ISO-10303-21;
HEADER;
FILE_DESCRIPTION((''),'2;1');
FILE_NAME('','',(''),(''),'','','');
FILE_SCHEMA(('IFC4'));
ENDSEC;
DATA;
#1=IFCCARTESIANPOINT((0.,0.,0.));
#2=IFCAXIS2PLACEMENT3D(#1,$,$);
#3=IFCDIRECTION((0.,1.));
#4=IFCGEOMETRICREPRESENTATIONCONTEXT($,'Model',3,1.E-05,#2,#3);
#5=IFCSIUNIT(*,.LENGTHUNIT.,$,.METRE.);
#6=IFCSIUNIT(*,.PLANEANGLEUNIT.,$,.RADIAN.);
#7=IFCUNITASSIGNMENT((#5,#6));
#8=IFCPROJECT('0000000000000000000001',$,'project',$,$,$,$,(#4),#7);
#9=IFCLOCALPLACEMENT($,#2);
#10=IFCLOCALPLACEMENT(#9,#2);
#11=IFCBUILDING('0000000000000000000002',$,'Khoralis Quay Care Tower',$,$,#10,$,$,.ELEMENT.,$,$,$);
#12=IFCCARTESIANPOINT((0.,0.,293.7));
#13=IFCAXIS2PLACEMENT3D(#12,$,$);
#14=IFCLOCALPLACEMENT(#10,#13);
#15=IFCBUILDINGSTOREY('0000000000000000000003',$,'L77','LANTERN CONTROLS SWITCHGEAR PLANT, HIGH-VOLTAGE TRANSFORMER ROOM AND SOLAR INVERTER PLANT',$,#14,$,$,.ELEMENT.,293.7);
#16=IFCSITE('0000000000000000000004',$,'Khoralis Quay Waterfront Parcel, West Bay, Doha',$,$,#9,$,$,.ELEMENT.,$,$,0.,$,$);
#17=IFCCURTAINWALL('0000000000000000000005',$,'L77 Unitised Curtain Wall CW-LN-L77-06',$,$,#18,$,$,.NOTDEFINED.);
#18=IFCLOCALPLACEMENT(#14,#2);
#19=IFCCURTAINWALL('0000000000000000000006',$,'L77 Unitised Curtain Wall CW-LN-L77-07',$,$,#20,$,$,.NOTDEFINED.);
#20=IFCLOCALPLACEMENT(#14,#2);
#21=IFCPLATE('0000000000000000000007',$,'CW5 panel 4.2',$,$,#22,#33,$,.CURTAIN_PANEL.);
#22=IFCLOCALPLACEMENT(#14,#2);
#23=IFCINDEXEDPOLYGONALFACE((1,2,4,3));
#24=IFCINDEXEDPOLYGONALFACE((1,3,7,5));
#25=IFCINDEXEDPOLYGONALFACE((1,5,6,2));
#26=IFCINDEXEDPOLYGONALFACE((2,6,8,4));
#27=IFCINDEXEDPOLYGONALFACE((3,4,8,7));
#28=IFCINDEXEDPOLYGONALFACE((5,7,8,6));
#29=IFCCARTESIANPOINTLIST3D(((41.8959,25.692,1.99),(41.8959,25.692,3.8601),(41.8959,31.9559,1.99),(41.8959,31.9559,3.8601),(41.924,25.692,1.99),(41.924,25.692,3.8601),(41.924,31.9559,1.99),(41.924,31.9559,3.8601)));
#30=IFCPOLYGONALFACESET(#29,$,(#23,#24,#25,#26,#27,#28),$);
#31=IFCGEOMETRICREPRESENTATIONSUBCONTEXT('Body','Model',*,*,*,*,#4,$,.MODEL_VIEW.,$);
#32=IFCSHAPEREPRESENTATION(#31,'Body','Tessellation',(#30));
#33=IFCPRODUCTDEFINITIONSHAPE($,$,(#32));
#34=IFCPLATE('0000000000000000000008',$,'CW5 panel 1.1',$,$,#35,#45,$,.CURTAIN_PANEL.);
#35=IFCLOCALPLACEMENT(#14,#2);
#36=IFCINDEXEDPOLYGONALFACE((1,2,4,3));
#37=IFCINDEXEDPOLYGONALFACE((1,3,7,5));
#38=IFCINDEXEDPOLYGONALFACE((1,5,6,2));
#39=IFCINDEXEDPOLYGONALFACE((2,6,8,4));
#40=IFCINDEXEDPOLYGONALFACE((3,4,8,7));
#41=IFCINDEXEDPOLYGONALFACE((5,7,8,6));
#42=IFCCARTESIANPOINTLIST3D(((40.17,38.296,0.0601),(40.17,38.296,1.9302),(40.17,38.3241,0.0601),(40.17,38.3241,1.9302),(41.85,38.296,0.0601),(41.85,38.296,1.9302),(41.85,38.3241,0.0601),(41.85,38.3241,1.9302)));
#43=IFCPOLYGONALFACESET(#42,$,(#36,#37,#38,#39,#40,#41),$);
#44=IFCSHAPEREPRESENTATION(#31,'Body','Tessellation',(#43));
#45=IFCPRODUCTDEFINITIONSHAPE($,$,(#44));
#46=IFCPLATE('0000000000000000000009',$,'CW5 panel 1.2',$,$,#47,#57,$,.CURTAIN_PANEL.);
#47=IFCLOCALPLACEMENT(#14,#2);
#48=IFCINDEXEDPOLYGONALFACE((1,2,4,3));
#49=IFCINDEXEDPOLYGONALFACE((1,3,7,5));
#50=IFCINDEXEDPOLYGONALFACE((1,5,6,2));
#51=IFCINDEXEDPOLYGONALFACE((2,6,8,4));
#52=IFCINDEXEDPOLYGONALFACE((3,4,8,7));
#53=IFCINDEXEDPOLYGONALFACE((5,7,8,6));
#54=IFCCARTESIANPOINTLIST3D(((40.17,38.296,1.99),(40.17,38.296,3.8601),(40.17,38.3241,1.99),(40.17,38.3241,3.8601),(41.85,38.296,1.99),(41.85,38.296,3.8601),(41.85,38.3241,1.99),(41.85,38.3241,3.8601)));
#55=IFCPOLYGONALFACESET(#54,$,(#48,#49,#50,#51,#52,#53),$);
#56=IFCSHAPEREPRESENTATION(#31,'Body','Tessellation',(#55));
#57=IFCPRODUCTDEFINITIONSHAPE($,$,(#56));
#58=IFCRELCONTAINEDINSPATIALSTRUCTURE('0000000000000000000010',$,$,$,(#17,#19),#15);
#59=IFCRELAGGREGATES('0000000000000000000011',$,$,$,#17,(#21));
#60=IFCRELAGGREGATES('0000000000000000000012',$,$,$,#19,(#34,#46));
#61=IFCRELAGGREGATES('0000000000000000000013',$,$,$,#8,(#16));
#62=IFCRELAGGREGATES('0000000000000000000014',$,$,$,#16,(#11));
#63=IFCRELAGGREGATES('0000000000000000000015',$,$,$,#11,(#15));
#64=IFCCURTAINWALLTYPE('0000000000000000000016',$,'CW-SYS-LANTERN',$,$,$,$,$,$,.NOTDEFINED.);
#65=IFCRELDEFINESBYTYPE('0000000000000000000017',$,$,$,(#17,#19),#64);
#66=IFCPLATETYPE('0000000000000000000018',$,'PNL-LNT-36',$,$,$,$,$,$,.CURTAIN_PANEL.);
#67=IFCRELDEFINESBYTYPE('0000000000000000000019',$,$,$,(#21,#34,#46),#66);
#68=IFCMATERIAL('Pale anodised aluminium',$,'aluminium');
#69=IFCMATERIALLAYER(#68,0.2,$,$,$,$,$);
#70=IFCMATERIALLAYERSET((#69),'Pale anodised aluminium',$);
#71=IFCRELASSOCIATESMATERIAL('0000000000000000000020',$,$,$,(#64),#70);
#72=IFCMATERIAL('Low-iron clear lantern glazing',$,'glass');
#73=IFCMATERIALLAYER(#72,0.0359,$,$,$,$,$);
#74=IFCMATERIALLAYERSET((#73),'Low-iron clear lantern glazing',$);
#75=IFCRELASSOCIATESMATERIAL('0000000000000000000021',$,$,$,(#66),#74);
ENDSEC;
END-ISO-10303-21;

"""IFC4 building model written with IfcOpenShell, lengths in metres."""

from ifc_helpers import new_model, si_unit, direction, frame, origin, origin_2d, place, context, subcontext, project, spatial, rectangle, extrude, source, transform, mapped, material, layer, layer_set, type_object, element, aggregate, save


model = new_model("IFC4")

# Units and contexts
model_context = context("Model", 3, precision=1e-05, world=origin(), true_north=direction((0.0, 1.0)))
body_context = subcontext(model_context, "Body", "Model", "MODEL_VIEW")
ifc_project = project(units=[si_unit("LENGTHUNIT", "METRE"), si_unit("PLANEANGLEUNIT", "RADIAN")], contexts=[model_context])

# Site, building, storey
site_placement = place(None, origin())
site = spatial("IfcSite", under=ifc_project, at=site_placement, Name="Khoralis Quay Waterfront Parcel, West Bay, Doha", CompositionType="ELEMENT", RefElevation=0.0)
building_placement = place(site_placement, origin())
building = spatial("IfcBuilding", under=site, at=building_placement, Name="Khoralis Quay Care Tower", CompositionType="ELEMENT")
storey_placement = place(building_placement, frame((0.0, 0.0, 293.7)))
storey = spatial("IfcBuildingStorey", under=building, at=storey_placement, Name="L77", Description="LANTERN CONTROLS SWITCHGEAR PLANT, HIGH-VOLTAGE TRANSFORMER ROOM AND SOLAR INVERTER PLANT", CompositionType="ELEMENT", Elevation=293.7)

# Curtain wall
ifc_material_1 = material(Name="Pale anodised aluminium", Category="aluminium")
ifc_layer_1 = layer(ifc_material_1, 0.2)
ifc_layer_set_1 = layer_set([ifc_layer_1], Name="Pale anodised aluminium")
curtain_wall_type = type_object("IfcCurtainWallType", Name="CW-SYS-LANTERN", PredefinedType="NOTDEFINED", material=ifc_layer_set_1)
curtain_wall_1_placement = place(storey_placement, origin())
curtain_wall_1 = element("IfcCurtainWall", 1, at=curtain_wall_1_placement, inside=storey, type_object=curtain_wall_type, Name="L77 Unitised Curtain Wall CW-LN-L77-06", PredefinedType="NOTDEFINED")

# Curtain wall
curtain_wall_2_placement = place(storey_placement, origin())
curtain_wall_2 = element("IfcCurtainWall", 2, at=curtain_wall_2_placement, inside=storey, type_object=curtain_wall_type, Name="L77 Unitised Curtain Wall CW-LN-L77-07", PredefinedType="NOTDEFINED")

# Plates
ifc_material_2 = material(Name="Low-iron clear lantern glazing", Category="glass")
ifc_layer_2 = layer(ifc_material_2, 0.0359)
ifc_layer_set_2 = layer_set([ifc_layer_2], Name="Low-iron clear lantern glazing")
plate_type_1 = type_object("IfcPlateType", Name="PNL-LNT-36", PredefinedType="CURTAIN_PANEL", material=ifc_layer_set_2)
shared_shape_1 = source(origin(), body_context, "Body", "SweptSolid", [
    extrude(rectangle(XDim=6.2639, YDim=0.0281, at=origin_2d()), origin(), (0.0, 0.0, 1.0), 1.8701),
])
plate_1_placement = place(storey_placement, frame((41.9099, 28.824, 1.99), z_axis=(0.0, 0.0, 1.0), x_axis=(0.0, 1.0, 0.0)))
plate_1 = element("IfcPlate", 3, at=plate_1_placement, type_object=plate_type_1, Name="CW5 panel 4.2", PredefinedType="CURTAIN_PANEL", context=body_context, shape_type="MappedRepresentation", body=[
    mapped(shared_shape_1, transform((0.0, 0.0, 0.0), scale=1.0)),
])
aggregate(curtain_wall_1, [plate_1])
shared_shape_2 = source(origin(), body_context, "Body", "SweptSolid", [
    extrude(rectangle(XDim=1.6799, YDim=0.0281, at=origin_2d()), origin(), (0.0, 0.0, 1.0), 1.8701),
])
plate_2_placement = place(storey_placement, frame((41.01, 38.3101, 0.0601), z_axis=(0.0, 0.0, 1.0), x_axis=(-1.0, 0.0, 0.0)))
plate_2 = element("IfcPlate", 4, at=plate_2_placement, type_object=plate_type_1, Name="CW5 panel 1.1", PredefinedType="CURTAIN_PANEL", context=body_context, shape_type="MappedRepresentation", body=[
    mapped(shared_shape_2, transform((0.0, 0.0, 0.0), scale=1.0)),
])
plate_3_placement = place(storey_placement, frame((41.01, 38.3101, 1.99), z_axis=(0.0, 0.0, 1.0), x_axis=(-1.0, 0.0, 0.0)))
plate_3 = element("IfcPlate", 5, at=plate_3_placement, type_object=plate_type_1, Name="CW5 panel 1.2", PredefinedType="CURTAIN_PANEL", context=body_context, shape_type="MappedRepresentation", body=[
    mapped(shared_shape_2, transform((0.0, 0.0, 0.0), scale=1.0)),
])
aggregate(curtain_wall_2, [plate_2, plate_3])

save(model, "model.ifc")
